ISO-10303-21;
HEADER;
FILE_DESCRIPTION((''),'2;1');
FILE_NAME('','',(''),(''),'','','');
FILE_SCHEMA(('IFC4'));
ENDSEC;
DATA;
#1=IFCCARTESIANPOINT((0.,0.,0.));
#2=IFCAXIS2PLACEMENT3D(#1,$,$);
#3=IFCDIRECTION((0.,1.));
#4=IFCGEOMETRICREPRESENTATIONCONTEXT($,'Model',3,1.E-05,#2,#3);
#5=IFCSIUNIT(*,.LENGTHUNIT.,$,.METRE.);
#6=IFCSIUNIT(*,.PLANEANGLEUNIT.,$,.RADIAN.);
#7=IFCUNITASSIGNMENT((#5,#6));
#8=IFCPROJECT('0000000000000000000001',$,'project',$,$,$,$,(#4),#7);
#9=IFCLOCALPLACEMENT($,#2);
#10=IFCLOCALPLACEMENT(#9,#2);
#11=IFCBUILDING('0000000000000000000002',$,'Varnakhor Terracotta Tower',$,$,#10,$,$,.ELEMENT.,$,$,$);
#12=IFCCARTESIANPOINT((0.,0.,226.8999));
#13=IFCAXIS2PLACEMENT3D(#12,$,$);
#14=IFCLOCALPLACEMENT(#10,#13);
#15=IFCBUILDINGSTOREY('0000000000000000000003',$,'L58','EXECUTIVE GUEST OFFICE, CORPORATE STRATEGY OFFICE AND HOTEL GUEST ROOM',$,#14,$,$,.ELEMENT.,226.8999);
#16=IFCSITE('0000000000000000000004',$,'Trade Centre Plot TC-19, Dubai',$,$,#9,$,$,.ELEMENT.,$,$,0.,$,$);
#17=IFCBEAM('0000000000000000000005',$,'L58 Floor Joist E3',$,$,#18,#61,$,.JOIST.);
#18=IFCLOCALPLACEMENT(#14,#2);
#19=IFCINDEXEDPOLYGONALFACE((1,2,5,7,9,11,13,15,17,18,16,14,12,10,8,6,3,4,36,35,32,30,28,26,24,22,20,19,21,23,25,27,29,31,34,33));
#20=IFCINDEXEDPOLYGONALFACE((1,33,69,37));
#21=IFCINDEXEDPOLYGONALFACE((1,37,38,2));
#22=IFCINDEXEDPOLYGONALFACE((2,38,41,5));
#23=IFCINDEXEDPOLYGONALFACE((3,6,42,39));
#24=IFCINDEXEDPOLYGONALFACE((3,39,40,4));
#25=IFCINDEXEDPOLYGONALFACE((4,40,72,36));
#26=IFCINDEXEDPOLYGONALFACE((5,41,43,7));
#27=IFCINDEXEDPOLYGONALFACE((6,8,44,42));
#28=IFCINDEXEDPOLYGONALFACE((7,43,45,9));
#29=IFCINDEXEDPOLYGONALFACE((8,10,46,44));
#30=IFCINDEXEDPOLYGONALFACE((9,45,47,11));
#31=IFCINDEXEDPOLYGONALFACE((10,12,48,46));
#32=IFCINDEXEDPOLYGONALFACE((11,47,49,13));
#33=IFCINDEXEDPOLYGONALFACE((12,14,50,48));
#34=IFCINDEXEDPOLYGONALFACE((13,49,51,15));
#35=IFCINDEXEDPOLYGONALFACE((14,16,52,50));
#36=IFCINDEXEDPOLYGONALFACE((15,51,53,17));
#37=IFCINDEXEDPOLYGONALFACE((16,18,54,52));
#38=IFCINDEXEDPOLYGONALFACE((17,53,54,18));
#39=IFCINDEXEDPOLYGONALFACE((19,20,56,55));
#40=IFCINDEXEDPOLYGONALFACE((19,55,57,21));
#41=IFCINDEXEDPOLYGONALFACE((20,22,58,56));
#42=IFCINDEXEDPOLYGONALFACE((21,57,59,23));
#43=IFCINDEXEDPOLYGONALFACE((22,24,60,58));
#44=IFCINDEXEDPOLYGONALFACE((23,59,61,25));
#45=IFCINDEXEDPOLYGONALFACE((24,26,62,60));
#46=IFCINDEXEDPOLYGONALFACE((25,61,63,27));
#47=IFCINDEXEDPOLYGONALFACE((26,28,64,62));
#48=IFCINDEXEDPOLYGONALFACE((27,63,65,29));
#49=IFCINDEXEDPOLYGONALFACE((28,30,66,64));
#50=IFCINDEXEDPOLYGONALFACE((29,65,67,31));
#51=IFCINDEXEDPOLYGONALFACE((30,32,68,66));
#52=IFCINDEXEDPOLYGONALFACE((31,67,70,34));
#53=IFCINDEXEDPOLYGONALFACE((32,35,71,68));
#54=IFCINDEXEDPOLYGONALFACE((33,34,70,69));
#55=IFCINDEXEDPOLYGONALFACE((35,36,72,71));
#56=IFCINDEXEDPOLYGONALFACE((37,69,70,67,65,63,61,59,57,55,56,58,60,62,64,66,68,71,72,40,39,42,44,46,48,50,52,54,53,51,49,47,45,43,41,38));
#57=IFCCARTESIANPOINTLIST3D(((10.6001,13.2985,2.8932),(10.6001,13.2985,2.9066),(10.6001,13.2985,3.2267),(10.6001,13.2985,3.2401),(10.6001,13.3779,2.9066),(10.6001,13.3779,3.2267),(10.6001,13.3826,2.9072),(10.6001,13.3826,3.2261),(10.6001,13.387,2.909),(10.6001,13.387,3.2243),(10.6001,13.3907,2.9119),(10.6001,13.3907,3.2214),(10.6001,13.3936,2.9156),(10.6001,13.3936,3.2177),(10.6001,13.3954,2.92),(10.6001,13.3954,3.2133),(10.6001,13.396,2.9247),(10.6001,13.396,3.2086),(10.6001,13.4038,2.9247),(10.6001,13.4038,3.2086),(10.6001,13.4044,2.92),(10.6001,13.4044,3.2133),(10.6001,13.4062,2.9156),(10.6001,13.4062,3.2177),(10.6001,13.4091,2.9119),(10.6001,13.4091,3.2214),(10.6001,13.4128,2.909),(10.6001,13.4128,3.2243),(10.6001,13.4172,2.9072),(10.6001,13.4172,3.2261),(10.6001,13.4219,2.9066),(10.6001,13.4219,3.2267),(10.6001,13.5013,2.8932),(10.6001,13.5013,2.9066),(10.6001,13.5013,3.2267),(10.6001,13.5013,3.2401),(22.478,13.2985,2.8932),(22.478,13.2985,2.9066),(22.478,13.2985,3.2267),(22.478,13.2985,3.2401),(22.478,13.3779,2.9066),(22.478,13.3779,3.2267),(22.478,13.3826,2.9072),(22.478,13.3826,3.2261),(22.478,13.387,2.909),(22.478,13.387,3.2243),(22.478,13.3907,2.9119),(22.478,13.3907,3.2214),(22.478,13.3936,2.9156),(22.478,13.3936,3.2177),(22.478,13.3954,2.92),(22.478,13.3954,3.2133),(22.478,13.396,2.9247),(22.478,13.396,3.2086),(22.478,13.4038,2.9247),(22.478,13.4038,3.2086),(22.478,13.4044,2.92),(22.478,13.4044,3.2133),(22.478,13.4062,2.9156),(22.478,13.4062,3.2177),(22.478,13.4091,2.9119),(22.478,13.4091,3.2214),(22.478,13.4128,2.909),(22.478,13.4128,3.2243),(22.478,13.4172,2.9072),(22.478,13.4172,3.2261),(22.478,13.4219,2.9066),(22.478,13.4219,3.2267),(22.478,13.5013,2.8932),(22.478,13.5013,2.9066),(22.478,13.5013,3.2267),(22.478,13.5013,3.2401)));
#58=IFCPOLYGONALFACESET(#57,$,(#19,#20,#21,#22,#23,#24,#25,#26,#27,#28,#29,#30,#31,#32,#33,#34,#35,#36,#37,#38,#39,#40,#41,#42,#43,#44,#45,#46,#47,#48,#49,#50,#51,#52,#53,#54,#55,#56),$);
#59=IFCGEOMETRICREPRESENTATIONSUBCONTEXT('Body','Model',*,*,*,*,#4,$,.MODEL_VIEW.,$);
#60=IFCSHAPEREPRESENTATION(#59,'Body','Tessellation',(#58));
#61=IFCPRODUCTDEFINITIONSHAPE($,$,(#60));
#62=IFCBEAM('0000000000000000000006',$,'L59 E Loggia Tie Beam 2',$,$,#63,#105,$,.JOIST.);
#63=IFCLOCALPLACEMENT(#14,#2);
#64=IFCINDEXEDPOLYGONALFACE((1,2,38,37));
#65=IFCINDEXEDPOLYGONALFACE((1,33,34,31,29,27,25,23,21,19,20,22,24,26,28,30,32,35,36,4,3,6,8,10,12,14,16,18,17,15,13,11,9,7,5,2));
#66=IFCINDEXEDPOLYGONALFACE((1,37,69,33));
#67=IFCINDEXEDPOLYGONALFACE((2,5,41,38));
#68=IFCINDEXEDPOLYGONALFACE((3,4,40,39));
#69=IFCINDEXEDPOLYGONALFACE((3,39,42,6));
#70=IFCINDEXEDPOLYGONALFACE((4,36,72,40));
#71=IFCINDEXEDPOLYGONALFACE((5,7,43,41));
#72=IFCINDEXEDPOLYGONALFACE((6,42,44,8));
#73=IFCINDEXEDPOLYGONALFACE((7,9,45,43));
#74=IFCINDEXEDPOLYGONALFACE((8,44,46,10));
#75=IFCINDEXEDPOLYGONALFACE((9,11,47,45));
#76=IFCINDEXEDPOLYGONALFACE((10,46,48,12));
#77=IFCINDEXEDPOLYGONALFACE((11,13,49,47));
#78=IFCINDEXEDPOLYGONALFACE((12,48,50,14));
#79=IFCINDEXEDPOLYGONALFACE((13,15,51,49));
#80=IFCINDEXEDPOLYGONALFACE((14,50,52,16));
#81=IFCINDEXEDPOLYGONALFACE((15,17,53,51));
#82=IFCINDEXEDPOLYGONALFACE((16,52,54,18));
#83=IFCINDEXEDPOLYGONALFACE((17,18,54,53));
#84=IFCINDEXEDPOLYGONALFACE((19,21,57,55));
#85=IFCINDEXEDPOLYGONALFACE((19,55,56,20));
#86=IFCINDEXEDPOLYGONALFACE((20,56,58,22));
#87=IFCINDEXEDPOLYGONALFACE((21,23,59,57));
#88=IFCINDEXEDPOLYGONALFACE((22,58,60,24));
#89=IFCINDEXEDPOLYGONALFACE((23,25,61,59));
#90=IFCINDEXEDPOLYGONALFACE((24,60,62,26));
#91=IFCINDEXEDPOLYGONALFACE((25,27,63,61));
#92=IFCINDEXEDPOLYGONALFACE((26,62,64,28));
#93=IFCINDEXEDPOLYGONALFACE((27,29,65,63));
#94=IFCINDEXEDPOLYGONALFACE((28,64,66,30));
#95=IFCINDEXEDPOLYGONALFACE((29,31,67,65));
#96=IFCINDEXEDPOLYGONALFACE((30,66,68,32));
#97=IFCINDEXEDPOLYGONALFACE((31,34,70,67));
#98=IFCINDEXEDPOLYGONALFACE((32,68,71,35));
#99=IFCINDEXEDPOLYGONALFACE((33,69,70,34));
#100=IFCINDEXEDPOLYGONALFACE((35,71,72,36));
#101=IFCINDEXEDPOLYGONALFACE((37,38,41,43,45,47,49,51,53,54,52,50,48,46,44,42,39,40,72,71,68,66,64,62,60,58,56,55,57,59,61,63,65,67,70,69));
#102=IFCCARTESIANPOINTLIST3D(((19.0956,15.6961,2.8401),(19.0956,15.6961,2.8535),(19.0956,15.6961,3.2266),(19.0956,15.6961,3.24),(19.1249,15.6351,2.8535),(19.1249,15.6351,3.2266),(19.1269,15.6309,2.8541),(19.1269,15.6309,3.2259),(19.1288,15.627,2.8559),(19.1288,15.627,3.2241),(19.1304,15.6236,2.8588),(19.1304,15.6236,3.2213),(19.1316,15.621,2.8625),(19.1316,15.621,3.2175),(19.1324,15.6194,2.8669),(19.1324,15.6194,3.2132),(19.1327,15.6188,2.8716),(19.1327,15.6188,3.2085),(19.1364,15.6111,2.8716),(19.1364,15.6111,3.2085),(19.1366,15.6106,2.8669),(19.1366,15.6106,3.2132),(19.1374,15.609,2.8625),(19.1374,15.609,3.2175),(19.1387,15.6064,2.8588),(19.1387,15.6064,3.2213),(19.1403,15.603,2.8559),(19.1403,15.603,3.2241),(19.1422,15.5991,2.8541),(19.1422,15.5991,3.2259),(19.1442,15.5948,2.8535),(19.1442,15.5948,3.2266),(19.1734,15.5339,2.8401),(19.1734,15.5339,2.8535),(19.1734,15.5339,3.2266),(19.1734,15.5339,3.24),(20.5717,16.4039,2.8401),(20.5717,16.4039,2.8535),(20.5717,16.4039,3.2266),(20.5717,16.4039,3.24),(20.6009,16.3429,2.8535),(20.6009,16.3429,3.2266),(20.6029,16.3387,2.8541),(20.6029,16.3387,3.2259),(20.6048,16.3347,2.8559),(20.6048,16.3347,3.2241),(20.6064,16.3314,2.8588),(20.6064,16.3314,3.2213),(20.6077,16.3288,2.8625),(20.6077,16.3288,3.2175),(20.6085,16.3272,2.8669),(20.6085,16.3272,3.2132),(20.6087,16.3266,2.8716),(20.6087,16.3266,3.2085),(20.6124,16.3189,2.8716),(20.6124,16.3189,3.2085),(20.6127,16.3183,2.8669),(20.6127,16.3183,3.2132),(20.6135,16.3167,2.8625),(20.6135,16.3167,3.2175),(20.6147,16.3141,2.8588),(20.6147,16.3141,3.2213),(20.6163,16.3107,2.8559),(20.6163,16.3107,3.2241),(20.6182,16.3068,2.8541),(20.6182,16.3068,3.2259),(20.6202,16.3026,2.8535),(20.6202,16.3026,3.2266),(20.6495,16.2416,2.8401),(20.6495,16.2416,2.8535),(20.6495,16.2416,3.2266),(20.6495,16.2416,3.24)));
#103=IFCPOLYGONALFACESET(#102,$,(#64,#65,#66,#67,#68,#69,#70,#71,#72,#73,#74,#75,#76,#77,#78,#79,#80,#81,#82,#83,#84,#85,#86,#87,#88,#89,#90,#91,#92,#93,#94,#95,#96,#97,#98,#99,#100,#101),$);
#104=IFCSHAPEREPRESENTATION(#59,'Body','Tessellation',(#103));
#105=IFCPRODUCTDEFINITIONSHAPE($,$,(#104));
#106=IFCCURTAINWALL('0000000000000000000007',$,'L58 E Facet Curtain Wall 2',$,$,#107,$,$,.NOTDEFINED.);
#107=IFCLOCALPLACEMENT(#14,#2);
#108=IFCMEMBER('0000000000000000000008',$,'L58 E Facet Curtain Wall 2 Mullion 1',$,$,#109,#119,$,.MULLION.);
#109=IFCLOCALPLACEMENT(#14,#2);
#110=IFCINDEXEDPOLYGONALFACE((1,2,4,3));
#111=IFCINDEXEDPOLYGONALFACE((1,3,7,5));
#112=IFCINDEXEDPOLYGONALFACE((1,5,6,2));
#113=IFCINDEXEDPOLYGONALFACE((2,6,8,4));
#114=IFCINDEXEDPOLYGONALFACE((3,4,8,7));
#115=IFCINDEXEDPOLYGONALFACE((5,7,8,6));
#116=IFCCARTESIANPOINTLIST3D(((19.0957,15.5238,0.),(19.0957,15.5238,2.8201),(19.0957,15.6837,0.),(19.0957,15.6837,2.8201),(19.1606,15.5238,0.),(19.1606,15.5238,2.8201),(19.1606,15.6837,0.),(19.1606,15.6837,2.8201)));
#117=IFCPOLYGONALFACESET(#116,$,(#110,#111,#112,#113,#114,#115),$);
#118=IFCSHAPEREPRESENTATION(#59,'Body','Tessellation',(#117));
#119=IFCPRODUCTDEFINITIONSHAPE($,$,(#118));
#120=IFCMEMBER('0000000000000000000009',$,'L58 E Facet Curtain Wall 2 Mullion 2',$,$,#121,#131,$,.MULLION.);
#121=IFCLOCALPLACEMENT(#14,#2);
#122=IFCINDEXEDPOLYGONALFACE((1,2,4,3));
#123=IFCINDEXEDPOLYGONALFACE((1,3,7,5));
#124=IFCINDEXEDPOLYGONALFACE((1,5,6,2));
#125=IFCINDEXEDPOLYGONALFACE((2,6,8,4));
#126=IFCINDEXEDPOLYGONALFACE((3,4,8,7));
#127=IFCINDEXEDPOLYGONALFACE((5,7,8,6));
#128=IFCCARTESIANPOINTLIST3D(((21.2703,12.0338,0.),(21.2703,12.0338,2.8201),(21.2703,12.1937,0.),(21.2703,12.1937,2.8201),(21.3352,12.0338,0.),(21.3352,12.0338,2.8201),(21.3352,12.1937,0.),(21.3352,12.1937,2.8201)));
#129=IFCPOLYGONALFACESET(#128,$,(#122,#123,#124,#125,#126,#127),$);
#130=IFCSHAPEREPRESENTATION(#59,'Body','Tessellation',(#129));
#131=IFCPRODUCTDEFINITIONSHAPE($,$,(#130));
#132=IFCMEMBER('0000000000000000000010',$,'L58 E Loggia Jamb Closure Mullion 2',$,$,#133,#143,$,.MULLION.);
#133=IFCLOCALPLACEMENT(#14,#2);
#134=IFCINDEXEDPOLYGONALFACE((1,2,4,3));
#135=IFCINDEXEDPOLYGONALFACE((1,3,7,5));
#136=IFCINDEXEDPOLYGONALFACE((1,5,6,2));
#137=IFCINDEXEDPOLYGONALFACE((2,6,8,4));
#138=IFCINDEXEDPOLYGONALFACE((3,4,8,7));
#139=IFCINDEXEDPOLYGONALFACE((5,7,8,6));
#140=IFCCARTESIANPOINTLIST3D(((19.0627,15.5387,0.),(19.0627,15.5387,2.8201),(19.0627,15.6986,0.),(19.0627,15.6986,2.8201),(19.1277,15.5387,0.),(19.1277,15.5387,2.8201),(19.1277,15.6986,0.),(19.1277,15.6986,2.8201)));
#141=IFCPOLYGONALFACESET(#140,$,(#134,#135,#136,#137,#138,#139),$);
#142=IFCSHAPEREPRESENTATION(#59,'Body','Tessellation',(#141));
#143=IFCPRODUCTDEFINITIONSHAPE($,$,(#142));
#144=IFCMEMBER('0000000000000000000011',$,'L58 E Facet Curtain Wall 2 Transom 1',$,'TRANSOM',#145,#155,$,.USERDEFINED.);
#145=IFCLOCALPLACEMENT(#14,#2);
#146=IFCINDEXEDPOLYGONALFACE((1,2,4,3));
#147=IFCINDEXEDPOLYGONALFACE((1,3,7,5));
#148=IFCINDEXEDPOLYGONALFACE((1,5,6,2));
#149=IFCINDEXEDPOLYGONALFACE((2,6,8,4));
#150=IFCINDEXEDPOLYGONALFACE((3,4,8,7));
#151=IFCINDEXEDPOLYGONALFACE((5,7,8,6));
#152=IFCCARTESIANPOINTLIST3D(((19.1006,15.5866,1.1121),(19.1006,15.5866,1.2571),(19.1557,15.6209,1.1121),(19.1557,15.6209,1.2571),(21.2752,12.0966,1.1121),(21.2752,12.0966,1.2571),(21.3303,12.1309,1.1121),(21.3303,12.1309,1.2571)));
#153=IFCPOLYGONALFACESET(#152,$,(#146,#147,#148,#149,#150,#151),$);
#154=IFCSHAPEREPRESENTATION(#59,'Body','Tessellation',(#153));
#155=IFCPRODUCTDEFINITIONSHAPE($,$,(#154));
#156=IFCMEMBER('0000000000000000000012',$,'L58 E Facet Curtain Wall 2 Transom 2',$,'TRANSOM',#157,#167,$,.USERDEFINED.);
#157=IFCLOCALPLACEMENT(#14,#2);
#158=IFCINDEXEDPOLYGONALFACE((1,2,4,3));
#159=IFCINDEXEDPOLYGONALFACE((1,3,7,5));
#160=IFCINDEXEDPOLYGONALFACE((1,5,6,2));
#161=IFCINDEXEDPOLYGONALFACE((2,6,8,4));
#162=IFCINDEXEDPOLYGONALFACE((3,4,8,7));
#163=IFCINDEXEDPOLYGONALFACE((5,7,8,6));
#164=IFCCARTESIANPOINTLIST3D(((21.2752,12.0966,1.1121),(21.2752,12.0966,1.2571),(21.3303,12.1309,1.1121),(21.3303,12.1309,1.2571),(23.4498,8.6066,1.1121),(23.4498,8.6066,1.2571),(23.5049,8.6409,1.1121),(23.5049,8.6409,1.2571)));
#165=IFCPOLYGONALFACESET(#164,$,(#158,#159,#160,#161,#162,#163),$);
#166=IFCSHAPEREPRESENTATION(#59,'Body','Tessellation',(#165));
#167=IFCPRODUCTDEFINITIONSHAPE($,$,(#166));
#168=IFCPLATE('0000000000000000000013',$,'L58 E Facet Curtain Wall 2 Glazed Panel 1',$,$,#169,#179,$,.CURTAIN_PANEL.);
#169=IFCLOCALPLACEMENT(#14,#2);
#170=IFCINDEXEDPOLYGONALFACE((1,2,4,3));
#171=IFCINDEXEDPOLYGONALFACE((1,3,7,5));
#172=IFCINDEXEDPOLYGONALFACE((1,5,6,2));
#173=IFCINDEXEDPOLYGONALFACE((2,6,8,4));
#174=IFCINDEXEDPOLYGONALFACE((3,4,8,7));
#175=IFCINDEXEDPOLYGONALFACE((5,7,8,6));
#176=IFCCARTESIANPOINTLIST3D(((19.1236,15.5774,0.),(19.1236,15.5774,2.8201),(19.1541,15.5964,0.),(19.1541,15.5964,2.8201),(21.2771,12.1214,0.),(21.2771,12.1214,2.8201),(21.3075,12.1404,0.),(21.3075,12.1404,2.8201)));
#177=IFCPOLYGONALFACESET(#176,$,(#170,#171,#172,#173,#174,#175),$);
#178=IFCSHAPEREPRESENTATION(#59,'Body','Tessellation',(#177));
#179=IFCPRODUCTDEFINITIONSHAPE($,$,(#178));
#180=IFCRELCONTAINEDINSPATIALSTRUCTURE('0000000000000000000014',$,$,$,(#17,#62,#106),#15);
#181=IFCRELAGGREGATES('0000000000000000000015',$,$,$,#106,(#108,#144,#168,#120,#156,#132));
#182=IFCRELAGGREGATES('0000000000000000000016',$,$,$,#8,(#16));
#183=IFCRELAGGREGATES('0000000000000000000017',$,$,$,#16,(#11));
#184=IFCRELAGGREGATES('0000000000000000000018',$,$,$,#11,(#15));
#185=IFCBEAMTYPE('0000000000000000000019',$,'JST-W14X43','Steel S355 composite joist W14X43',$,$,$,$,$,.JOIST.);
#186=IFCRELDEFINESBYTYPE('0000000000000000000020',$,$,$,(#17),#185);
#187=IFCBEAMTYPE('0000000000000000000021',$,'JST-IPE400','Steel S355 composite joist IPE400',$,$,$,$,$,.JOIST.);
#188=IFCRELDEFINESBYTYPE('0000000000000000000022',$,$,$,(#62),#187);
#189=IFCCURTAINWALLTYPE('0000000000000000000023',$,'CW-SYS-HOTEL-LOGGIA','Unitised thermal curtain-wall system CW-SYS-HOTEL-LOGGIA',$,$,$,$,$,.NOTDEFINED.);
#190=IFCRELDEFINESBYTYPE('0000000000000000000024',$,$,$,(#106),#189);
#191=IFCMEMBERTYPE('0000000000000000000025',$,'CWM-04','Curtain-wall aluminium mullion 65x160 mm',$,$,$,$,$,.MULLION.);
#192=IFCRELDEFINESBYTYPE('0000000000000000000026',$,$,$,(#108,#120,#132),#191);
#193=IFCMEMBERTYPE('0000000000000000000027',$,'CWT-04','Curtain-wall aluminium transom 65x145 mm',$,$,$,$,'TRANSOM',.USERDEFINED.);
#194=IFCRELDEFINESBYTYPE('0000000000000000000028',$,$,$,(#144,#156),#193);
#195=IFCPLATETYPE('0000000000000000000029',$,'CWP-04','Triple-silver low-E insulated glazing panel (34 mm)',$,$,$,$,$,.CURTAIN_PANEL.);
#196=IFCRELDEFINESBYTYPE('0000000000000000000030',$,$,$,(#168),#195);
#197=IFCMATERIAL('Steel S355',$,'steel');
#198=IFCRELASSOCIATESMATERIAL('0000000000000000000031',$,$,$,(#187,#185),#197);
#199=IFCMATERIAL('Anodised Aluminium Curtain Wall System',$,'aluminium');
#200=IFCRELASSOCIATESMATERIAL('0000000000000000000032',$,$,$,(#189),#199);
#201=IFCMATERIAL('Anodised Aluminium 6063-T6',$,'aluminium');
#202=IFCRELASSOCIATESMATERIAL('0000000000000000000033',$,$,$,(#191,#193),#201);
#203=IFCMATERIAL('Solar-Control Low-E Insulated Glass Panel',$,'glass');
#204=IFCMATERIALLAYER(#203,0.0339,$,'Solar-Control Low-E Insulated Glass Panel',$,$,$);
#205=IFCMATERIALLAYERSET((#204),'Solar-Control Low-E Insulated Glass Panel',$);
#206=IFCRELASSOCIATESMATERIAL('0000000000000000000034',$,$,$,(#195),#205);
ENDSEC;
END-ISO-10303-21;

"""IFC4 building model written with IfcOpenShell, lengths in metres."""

from ifc_helpers import new_model, si_unit, direction, frame, origin, origin_2d, place, context, subcontext, project, spatial, rectangle, i_section, extrude, source, transform, mapped, material, layer, layer_set, material_profile, profile_set, type_object, type_shapes, element, aggregate, save


model = new_model("IFC4")

# Units and contexts
model_context = context("Model", 3, precision=1e-05, world=origin(), true_north=direction((0.0, 1.0)))
body_context = subcontext(model_context, "Body", "Model", "MODEL_VIEW")
ifc_project = project(units=[si_unit("LENGTHUNIT", "METRE"), si_unit("PLANEANGLEUNIT", "RADIAN")], contexts=[model_context])

# Site, building, storey
site_placement = place(None, origin())
site = spatial("IfcSite", under=ifc_project, at=site_placement, Name="Trade Centre Plot TC-19, Dubai", CompositionType="ELEMENT", RefElevation=0.0)
building_placement = place(site_placement, origin())
building = spatial("IfcBuilding", under=site, at=building_placement, Name="Varnakhor Terracotta Tower", CompositionType="ELEMENT")
storey_placement = place(building_placement, frame((0.0, 0.0, 226.8999)))
storey = spatial("IfcBuildingStorey", under=building, at=storey_placement, Name="L58", Description="EXECUTIVE GUEST OFFICE, CORPORATE STRATEGY OFFICE AND HOTEL GUEST ROOM", CompositionType="ELEMENT", Elevation=226.8999)

# Beams
ifc_material_1 = material(Name="Steel S355", Category="steel")
ifc_material_profile_1 = material_profile(ifc_material_1, i_section(OverallWidth=0.1799, OverallDepth=0.3999, WebThickness=0.0085, FlangeThickness=0.0134, FilletRadius=0.0181, at=origin_2d()), Name="IPE400")
ifc_profile_set_1 = profile_set([ifc_material_profile_1], Name="Steel S355")
beam_type_1 = type_object("IfcBeamType", Name="JST-IPE400", Description="Steel S355 composite joist IPE400", PredefinedType="JOIST", material=ifc_profile_set_1)
ifc_material_profile_2 = material_profile(ifc_material_1, i_section(OverallWidth=0.2029, OverallDepth=0.3469, WebThickness=0.0078, FlangeThickness=0.0134, FilletRadius=0.0181, at=origin_2d()), Name="W14X43")
ifc_profile_set_2 = profile_set([ifc_material_profile_2], Name="Steel S355")
beam_type_2 = type_object("IfcBeamType", Name="JST-W14X43", Description="Steel S355 composite joist W14X43", PredefinedType="JOIST", material=ifc_profile_set_2)
shared_shape_1 = source(origin(), body_context, "Body", "SweptSolid", [
    extrude(i_section(OverallWidth=0.2029, OverallDepth=0.3469, WebThickness=0.0078, FlangeThickness=0.0134, FilletRadius=0.0181, at=origin_2d()), origin(), (0.0, 0.0, 1.0), 11.8779),
])
beam_1_placement = place(storey_placement, frame((10.6001, 13.3999, 3.0667), z_axis=(1.0, 0.0, 0.0), x_axis=(0.0, 1.0, 0.0)))
element("IfcBeam", 1, at=beam_1_placement, inside=storey, type_object=beam_type_2, Name="L58 Floor Joist E3", PredefinedType="JOIST", context=body_context, shape_type="MappedRepresentation", body=[
    mapped(shared_shape_1, transform((0.0, 0.0, 0.0), scale=1.0)),
])
shared_shape_2 = source(origin(), body_context, "Body", "SweptSolid", [
    extrude(i_section(OverallWidth=0.1799, OverallDepth=0.3999, WebThickness=0.0085, FlangeThickness=0.0134, FilletRadius=0.0181, at=origin_2d()), origin(), (0.0, 0.0, 1.0), 1.637),
])
beam_2_placement = place(storey_placement, frame((19.1345, 15.615, 3.04), z_axis=(0.901702, 0.432358, 0.0), x_axis=(-0.432358, 0.901702, 0.0)))
element("IfcBeam", 2, at=beam_2_placement, inside=storey, type_object=beam_type_1, Name="L59 E Loggia Tie Beam 2", PredefinedType="JOIST", context=body_context, shape_type="MappedRepresentation", body=[
    mapped(shared_shape_2, transform((0.0, 0.0, 0.0), scale=1.0)),
])

# Curtain wall, members, plate
ifc_material_2 = material(Name="Anodised Aluminium Curtain Wall System", Category="aluminium")
curtain_wall_type = type_object("IfcCurtainWallType", Name="CW-SYS-HOTEL-LOGGIA", Description="Unitised thermal curtain-wall system CW-SYS-HOTEL-LOGGIA", PredefinedType="NOTDEFINED", material=ifc_material_2)
curtain_wall_placement = place(storey_placement, origin())
curtain_wall = element("IfcCurtainWall", 3, at=curtain_wall_placement, inside=storey, type_object=curtain_wall_type, Name="L58 E Facet Curtain Wall 2", PredefinedType="NOTDEFINED")
ifc_material_3 = material(Name="Anodised Aluminium 6063-T6", Category="aluminium")
ifc_material_profile_3 = material_profile(ifc_material_3, rectangle(XDim=0.0649, YDim=0.1599, at=origin_2d()), Name="ALU MULLION 65x160")
ifc_profile_set_3 = profile_set([ifc_material_profile_3], Name="Anodised Aluminium 6063-T6")
member_type_1 = type_object("IfcMemberType", Name="CWM-04", Description="Curtain-wall aluminium mullion 65x160 mm", PredefinedType="MULLION", material=ifc_profile_set_3)
shared_shape_3 = source(origin(), body_context, "Body", "SweptSolid", [
    extrude(rectangle(XDim=0.0649, YDim=0.1599, at=origin_2d()), origin(), (0.0, 0.0, 1.0), 2.8201),
])
type_shapes(member_type_1, [shared_shape_3])
member_1_placement = place(storey_placement, frame((19.1282, 15.6038, 0.0), z_axis=(0.0, 0.0, 1.0), x_axis=(1.0, 0.0, 0.0)))
member_1 = element("IfcMember", 4, at=member_1_placement, type_object=member_type_1, Name="L58 E Facet Curtain Wall 2 Mullion 1", PredefinedType="MULLION", context=body_context, shape_type="MappedRepresentation", body=[
    mapped(shared_shape_3, transform((0.0, 0.0, 0.0), scale=1.0)),
])
member_2_placement = place(storey_placement, frame((21.3027, 12.1138, 0.0), z_axis=(0.0, 0.0, 1.0), x_axis=(1.0, 0.0, 0.0)))
member_2 = element("IfcMember", 5, at=member_2_placement, type_object=member_type_1, Name="L58 E Facet Curtain Wall 2 Mullion 2", PredefinedType="MULLION", context=body_context, shape_type="MappedRepresentation", body=[
    mapped(shared_shape_3, transform((0.0, 0.0, 0.0), scale=1.0)),
])
member_3_placement = place(storey_placement, frame((19.0952, 15.6187, 0.0), z_axis=(0.0, 0.0, 1.0), x_axis=(1.0, 0.0, 0.0)))
member_3 = element("IfcMember", 6, at=member_3_placement, type_object=member_type_1, Name="L58 E Loggia Jamb Closure Mullion 2", PredefinedType="MULLION", context=body_context, shape_type="MappedRepresentation", body=[
    mapped(shared_shape_3, transform((0.0, 0.0, 0.0), scale=1.0)),
])
ifc_material_profile_4 = material_profile(ifc_material_3, rectangle(XDim=0.0649, YDim=0.145, at=origin_2d()), Name="ALU TRANSOM 65x145")
ifc_profile_set_4 = profile_set([ifc_material_profile_4], Name="Anodised Aluminium 6063-T6")
member_type_2 = type_object("IfcMemberType", Name="CWT-04", Description="Curtain-wall aluminium transom 65x145 mm", ElementType="TRANSOM", PredefinedType="USERDEFINED", material=ifc_profile_set_4)
shared_shape_4 = source(origin(), body_context, "Body", "SweptSolid", [
    extrude(rectangle(XDim=0.0649, YDim=0.145, at=origin_2d()), origin(), (0.0, 0.0, 1.0), 4.1121),
])
member_4_placement = place(storey_placement, frame((19.1282, 15.6038, 1.1846), z_axis=(0.52883, -0.848728, 0.0), x_axis=(0.848728, 0.52883, 0.0)))
member_4 = element("IfcMember", 7, at=member_4_placement, type_object=member_type_2, Name="L58 E Facet Curtain Wall 2 Transom 1", ObjectType="TRANSOM", PredefinedType="USERDEFINED", context=body_context, shape_type="MappedRepresentation", body=[
    mapped(shared_shape_4, transform((0.0, 0.0, 0.0), scale=1.0)),
])
member_5_placement = place(storey_placement, frame((21.3027, 12.1138, 1.1846), z_axis=(0.52883, -0.848728, 0.0), x_axis=(0.848728, 0.52883, 0.0)))
member_5 = element("IfcMember", 8, at=member_5_placement, type_object=member_type_2, Name="L58 E Facet Curtain Wall 2 Transom 2", ObjectType="TRANSOM", PredefinedType="USERDEFINED", context=body_context, shape_type="MappedRepresentation", body=[
    mapped(shared_shape_4, transform((0.0, 0.0, 0.0), scale=1.0)),
])
ifc_material_4 = material(Name="Solar-Control Low-E Insulated Glass Panel", Category="glass")
ifc_layer_1 = layer(ifc_material_4, 0.0339, Name="Solar-Control Low-E Insulated Glass Panel")
ifc_layer_set_1 = layer_set([ifc_layer_1], Name="Solar-Control Low-E Insulated Glass Panel")
plate_type = type_object("IfcPlateType", Name="CWP-04", Description="Triple-silver low-E insulated glazing panel (34 mm)", PredefinedType="CURTAIN_PANEL", material=ifc_layer_set_1)
shared_shape_5 = source(origin(), body_context, "Body", "SweptSolid", [
    extrude(rectangle(XDim=4.072, YDim=0.0359, at=origin_2d()), origin(), (0.0, 0.0, 1.0), 2.8201),
])
plate_1_placement = place(storey_placement, frame((20.2156, 13.8589, 0.0), z_axis=(0.0, 0.0, 1.0), x_axis=(0.528838, -0.848723, 0.0)))
plate_1 = element("IfcPlate", 9, at=plate_1_placement, type_object=plate_type, Name="L58 E Facet Curtain Wall 2 Glazed Panel 1", PredefinedType="CURTAIN_PANEL", context=body_context, shape_type="MappedRepresentation", body=[
    mapped(shared_shape_5, transform((0.0, 0.0, 0.0), scale=1.0)),
])
aggregate(curtain_wall, [member_1, member_4, plate_1, member_2, member_5, member_3])

save(model, "model.ifc")
